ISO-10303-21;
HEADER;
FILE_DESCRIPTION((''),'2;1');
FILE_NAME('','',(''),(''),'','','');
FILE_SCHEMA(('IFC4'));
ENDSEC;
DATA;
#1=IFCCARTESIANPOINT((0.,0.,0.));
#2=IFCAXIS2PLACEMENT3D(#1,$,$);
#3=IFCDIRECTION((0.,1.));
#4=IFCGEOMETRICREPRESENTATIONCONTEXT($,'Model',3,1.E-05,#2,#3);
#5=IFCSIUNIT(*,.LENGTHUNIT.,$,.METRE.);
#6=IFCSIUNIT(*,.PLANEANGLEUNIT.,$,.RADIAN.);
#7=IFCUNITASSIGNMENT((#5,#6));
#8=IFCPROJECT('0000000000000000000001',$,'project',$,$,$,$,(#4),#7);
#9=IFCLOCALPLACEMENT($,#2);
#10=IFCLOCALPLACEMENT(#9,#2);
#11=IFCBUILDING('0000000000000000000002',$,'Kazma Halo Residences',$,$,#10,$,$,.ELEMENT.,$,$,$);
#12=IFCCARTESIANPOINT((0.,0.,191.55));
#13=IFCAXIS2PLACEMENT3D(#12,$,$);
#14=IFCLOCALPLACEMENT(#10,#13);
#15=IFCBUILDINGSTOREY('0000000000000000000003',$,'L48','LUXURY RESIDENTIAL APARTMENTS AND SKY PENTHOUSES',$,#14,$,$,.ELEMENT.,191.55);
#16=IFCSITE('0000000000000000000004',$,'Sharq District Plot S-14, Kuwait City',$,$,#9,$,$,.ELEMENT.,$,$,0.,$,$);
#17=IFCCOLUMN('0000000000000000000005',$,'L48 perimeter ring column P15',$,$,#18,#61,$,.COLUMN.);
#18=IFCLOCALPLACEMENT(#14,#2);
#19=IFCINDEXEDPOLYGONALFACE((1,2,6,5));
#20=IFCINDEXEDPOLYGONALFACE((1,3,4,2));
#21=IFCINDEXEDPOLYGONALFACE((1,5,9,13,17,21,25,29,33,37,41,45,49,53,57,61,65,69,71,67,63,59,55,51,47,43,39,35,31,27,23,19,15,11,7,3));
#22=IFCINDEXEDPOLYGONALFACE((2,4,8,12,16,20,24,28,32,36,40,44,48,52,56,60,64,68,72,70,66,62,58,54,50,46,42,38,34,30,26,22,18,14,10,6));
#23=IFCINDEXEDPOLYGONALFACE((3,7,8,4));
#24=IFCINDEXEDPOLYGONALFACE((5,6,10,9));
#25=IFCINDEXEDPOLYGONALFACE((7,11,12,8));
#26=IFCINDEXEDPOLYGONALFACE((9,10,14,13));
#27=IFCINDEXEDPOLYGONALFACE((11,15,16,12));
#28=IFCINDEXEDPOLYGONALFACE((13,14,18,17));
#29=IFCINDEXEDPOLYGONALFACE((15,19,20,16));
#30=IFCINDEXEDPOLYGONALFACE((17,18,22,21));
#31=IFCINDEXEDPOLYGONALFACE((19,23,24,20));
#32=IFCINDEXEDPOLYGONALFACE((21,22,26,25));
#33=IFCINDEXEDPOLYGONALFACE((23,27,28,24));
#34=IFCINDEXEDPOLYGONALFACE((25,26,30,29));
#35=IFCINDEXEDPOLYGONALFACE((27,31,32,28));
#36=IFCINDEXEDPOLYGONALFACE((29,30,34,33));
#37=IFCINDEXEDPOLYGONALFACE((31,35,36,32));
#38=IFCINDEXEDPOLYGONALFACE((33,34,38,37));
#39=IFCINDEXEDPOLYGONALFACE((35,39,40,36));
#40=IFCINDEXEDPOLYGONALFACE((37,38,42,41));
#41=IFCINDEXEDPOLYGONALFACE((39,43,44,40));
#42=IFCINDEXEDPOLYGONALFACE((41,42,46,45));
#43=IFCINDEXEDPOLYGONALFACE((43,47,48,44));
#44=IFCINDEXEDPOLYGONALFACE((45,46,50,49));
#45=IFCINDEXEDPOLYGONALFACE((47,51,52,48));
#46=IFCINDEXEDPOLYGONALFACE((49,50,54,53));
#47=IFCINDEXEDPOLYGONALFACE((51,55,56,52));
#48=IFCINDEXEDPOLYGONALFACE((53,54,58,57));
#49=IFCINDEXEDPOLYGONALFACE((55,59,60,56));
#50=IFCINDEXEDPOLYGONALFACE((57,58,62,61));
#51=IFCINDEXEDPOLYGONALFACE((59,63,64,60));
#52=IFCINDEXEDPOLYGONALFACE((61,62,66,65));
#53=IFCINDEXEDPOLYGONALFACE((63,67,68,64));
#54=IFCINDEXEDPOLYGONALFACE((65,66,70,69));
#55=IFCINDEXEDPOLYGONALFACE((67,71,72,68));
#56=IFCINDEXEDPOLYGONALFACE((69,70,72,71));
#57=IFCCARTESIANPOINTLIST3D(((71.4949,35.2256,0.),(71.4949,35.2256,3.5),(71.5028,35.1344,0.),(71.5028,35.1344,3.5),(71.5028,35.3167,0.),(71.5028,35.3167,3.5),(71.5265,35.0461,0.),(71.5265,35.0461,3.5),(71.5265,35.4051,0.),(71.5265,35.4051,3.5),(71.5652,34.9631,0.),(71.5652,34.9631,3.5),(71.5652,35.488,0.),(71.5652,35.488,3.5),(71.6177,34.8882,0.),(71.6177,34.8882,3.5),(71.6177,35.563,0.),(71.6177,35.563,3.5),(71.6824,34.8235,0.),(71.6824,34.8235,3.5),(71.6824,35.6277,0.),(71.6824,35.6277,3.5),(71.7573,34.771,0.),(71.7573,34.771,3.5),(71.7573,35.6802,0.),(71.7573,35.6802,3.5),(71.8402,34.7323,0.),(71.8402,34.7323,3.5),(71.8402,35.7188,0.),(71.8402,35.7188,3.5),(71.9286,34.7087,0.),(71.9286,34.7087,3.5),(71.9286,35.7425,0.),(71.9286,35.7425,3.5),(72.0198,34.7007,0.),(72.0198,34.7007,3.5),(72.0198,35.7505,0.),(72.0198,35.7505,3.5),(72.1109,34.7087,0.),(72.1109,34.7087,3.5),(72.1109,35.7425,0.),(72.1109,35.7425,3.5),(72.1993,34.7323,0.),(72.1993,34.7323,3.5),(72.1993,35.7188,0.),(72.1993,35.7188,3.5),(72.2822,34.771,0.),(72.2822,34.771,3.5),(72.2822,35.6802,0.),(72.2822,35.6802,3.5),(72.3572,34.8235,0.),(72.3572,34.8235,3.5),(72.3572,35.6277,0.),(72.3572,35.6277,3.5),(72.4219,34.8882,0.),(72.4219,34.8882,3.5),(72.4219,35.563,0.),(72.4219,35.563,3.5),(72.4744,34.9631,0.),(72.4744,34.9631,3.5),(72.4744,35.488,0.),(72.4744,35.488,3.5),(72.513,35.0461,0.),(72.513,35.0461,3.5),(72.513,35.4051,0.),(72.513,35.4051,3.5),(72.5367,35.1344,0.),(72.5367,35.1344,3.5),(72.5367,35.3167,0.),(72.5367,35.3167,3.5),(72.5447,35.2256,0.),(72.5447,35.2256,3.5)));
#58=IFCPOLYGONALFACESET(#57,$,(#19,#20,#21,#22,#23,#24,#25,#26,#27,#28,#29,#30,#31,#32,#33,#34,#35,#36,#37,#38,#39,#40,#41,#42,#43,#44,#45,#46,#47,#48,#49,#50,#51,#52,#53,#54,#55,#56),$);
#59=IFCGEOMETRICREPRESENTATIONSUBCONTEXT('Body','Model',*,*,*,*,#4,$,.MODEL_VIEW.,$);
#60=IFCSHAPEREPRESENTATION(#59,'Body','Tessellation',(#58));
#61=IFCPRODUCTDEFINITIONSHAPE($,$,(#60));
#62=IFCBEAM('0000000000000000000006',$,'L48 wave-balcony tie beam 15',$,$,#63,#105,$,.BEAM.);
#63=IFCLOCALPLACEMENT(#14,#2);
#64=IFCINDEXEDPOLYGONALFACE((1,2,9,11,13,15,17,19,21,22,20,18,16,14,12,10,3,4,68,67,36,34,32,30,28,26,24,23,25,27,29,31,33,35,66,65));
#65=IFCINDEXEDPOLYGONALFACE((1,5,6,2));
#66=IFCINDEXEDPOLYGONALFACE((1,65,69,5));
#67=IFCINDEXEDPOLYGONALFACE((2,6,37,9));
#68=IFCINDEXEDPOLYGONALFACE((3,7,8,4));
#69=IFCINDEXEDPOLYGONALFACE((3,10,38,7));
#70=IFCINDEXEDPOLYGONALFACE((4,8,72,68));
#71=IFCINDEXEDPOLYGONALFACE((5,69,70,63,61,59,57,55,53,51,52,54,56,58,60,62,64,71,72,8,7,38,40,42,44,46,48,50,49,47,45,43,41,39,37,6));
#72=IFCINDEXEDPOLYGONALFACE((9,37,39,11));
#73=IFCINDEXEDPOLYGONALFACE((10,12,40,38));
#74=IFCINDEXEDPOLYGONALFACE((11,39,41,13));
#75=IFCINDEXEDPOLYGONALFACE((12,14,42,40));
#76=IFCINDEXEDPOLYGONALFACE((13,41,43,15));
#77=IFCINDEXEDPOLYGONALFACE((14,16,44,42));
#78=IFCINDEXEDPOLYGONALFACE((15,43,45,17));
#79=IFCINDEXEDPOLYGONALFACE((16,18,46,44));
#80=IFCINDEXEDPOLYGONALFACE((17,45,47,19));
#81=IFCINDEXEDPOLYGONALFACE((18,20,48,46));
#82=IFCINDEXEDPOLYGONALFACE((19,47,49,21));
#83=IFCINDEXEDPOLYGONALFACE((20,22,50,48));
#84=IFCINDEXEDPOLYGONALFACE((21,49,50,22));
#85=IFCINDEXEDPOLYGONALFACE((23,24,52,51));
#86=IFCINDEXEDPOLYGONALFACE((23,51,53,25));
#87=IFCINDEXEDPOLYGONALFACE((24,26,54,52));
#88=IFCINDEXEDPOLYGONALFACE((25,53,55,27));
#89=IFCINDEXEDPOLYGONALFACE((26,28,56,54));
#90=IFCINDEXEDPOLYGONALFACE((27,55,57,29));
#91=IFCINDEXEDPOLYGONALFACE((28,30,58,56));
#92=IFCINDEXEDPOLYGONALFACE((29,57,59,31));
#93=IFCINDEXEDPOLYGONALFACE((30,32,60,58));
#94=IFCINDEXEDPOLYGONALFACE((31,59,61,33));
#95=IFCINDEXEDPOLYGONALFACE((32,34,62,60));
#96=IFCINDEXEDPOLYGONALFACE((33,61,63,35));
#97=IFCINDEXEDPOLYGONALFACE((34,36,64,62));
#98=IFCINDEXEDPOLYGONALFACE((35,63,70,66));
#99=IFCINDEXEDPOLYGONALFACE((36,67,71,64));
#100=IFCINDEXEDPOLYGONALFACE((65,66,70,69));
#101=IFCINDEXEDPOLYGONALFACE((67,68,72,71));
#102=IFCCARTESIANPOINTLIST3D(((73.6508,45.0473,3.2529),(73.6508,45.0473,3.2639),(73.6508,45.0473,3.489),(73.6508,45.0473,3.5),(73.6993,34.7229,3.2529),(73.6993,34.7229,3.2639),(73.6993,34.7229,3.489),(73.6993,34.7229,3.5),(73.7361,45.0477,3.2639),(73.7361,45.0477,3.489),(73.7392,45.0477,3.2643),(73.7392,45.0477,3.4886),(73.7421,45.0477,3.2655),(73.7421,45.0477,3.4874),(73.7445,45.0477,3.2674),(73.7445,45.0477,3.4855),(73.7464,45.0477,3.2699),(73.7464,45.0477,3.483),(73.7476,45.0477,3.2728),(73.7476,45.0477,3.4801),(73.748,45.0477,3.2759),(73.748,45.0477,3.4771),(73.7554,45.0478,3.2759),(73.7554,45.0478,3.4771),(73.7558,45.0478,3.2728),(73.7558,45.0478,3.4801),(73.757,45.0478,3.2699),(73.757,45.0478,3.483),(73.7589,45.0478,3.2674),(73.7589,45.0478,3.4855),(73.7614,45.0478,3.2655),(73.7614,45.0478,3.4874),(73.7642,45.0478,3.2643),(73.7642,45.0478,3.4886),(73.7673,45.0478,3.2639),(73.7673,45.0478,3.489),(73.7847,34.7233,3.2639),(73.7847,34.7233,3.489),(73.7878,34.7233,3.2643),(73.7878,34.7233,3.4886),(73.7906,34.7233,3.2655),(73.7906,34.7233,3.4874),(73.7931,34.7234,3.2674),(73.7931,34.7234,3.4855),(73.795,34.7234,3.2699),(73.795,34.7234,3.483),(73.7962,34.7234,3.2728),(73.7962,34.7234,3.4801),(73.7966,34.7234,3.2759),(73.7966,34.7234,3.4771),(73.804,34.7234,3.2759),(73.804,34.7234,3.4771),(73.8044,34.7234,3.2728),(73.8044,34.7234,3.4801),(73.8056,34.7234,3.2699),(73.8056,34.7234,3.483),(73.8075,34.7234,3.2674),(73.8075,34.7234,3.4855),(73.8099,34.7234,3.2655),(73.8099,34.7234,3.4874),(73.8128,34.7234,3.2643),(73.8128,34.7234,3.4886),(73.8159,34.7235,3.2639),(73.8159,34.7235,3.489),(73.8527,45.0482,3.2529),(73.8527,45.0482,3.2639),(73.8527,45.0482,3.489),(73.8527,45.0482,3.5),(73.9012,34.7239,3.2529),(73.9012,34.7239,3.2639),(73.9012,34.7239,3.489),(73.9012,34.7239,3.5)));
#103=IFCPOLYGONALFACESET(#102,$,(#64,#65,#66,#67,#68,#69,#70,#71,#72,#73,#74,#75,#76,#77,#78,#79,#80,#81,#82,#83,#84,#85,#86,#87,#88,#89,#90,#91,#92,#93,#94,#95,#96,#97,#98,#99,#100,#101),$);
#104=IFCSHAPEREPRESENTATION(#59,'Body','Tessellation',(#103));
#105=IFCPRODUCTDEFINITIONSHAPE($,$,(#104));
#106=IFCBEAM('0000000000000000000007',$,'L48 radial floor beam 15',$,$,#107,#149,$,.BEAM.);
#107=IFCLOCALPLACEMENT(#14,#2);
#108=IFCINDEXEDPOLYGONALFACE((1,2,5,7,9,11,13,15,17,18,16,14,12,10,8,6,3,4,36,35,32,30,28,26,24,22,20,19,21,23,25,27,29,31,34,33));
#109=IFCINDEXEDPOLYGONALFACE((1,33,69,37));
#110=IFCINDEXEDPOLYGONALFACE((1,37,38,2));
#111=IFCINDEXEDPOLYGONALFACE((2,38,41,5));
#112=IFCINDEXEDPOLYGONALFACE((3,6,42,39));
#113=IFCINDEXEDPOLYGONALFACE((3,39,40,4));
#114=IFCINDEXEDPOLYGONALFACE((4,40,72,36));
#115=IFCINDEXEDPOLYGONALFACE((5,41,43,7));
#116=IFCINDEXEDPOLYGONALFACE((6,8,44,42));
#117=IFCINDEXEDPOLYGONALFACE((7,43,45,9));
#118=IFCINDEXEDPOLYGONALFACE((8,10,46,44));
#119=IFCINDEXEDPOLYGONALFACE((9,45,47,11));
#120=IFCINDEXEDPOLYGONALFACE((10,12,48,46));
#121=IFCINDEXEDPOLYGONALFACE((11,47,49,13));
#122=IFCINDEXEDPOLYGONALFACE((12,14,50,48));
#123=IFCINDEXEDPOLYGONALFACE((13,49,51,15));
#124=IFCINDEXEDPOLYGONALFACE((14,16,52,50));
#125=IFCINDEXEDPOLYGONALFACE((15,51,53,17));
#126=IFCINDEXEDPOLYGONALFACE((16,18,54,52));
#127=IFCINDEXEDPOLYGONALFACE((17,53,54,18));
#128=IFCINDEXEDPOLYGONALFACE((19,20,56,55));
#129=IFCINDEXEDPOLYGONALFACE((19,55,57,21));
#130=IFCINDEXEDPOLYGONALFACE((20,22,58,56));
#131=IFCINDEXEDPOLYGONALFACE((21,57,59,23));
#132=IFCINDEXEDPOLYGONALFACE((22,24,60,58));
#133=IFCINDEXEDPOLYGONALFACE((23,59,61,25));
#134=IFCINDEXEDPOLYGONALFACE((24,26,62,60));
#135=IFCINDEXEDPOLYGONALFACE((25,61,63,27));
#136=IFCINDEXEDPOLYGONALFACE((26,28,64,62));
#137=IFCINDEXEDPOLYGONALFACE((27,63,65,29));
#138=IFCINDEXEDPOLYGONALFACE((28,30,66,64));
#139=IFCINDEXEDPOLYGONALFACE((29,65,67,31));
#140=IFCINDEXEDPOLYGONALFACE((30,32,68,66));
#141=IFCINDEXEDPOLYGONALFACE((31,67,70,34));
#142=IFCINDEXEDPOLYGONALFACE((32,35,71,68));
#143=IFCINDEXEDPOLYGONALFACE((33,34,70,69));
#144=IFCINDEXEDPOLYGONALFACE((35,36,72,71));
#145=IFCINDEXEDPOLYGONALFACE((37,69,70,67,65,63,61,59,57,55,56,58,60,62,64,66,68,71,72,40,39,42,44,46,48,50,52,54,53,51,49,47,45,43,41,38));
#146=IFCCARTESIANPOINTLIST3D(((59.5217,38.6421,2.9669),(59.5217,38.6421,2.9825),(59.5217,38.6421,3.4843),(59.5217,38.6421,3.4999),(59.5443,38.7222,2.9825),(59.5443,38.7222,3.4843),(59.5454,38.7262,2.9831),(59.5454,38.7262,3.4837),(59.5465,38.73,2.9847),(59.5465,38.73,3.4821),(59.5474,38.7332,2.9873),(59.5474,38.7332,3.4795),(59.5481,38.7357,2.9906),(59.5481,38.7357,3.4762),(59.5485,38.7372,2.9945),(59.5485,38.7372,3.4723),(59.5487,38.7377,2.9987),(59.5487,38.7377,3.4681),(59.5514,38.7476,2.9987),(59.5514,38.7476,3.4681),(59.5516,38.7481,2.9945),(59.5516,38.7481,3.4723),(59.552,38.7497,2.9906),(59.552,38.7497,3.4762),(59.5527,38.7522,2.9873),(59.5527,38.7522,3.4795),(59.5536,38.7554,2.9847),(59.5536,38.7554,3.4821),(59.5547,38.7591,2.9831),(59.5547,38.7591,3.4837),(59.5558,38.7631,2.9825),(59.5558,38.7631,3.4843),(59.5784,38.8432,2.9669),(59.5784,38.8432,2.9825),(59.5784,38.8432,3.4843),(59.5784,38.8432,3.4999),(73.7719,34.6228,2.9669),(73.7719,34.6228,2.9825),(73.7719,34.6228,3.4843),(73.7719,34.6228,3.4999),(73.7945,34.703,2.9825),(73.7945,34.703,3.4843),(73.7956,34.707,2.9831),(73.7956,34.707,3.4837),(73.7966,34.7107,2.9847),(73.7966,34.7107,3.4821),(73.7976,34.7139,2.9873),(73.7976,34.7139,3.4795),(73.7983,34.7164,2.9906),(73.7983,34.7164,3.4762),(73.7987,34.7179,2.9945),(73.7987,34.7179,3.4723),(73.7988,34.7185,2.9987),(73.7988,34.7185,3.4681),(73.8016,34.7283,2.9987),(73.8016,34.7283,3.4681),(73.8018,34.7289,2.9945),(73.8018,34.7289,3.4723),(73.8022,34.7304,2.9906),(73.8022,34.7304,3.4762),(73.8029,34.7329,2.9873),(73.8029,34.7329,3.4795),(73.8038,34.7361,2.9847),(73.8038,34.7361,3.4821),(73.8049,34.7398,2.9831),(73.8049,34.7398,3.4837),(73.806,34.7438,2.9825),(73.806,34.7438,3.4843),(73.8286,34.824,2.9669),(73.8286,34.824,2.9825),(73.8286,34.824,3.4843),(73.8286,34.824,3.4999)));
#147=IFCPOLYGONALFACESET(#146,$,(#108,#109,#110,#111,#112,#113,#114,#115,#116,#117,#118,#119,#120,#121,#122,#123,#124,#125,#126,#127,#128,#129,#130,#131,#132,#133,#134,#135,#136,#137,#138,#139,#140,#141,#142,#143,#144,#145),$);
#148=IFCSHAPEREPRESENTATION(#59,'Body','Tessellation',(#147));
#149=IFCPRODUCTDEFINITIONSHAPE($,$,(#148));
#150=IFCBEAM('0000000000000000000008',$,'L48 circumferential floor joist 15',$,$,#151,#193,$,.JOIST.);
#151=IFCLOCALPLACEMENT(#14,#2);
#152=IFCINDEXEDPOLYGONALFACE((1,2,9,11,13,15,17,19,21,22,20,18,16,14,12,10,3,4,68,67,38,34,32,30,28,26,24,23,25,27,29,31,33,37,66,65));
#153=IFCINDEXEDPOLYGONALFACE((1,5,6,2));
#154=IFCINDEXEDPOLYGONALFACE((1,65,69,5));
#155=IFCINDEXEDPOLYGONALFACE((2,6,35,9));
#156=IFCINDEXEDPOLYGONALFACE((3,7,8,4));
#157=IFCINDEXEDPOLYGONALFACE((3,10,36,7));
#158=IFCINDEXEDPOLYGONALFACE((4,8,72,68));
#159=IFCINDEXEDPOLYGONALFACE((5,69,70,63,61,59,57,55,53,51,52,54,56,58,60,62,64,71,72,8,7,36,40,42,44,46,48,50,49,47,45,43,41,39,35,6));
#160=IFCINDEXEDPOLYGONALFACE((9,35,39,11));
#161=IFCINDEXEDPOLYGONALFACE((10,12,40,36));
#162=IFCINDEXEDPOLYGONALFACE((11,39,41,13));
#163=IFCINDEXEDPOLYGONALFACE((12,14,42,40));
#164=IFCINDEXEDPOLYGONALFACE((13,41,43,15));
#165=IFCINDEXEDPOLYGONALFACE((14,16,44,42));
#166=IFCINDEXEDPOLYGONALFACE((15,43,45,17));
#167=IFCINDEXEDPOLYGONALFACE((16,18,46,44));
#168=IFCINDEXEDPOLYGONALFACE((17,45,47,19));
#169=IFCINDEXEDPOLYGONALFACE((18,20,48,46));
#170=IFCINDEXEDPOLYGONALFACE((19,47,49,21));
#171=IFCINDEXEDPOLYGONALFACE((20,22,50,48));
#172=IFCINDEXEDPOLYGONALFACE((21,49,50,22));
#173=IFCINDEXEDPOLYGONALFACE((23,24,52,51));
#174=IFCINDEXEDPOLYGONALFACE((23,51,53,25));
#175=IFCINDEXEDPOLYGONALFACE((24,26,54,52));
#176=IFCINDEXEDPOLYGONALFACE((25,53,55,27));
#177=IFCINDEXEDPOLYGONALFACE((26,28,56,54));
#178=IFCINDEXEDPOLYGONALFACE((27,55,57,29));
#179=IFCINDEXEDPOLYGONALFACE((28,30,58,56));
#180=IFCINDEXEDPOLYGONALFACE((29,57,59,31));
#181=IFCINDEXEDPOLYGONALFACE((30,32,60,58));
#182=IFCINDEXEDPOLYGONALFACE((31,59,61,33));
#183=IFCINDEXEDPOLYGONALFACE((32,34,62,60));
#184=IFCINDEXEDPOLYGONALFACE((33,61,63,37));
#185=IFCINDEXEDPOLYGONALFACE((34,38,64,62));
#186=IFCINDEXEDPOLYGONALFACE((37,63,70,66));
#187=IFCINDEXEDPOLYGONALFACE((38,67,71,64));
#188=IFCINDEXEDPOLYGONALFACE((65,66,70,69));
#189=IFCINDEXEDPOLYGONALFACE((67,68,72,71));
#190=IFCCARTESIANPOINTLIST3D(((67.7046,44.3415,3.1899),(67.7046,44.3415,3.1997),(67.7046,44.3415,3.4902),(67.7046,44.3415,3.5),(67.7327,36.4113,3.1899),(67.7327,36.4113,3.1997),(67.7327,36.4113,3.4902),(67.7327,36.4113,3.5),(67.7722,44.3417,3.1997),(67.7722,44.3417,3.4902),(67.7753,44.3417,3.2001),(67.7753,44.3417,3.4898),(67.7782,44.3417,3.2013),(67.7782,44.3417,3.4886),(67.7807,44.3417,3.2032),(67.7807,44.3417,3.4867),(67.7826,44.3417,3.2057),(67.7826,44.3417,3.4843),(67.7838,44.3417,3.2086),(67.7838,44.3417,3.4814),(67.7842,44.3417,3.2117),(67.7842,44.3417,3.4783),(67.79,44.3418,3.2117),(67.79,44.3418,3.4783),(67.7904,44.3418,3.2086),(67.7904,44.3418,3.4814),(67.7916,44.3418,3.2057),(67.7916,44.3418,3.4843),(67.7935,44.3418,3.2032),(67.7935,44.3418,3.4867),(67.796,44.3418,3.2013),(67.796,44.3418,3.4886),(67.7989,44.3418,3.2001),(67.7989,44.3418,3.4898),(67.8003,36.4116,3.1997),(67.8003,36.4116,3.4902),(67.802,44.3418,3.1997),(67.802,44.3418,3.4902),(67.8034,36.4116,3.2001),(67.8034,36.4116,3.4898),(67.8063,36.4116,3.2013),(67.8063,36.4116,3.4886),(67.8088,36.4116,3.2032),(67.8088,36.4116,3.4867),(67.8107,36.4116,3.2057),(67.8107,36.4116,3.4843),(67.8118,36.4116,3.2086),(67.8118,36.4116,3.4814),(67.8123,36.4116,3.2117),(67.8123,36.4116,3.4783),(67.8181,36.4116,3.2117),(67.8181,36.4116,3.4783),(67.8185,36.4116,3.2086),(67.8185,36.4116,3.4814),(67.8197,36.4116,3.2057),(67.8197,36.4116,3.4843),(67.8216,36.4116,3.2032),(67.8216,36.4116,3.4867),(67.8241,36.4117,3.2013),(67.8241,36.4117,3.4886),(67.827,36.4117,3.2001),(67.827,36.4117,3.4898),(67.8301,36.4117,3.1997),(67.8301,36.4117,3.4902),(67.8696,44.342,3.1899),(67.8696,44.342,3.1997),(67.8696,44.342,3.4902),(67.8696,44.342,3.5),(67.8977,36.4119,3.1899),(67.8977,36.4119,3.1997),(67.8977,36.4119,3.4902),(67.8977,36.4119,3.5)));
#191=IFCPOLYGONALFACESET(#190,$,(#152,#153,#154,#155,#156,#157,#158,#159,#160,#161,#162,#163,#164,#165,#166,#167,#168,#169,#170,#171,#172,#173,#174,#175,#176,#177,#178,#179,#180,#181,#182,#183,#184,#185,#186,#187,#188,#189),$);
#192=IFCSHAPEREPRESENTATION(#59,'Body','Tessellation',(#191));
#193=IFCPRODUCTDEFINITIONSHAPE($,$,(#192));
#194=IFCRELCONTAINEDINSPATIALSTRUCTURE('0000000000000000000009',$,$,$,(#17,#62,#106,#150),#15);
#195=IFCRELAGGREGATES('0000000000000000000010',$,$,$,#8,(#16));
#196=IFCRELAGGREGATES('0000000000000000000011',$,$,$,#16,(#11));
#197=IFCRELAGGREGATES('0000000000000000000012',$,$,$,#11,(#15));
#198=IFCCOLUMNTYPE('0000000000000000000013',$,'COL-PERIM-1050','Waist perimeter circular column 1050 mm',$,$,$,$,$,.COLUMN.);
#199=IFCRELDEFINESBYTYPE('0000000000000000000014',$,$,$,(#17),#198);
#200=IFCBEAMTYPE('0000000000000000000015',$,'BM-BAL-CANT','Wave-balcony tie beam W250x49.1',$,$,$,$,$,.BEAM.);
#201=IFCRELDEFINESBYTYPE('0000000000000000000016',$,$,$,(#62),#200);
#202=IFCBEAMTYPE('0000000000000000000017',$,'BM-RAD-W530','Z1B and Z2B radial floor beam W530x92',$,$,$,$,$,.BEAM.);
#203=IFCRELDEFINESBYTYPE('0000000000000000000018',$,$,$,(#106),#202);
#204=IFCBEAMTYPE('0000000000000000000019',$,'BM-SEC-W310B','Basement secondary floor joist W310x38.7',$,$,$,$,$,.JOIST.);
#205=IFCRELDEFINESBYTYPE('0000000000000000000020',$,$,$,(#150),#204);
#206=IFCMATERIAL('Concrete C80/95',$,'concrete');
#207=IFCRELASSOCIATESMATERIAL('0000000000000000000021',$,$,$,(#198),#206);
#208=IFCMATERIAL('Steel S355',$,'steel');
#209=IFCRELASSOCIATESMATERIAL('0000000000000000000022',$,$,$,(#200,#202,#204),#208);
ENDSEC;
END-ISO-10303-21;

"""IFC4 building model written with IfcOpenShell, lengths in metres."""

from ifc_helpers import new_model, si_unit, direction, frame, origin, origin_2d, place, context, subcontext, project, spatial, circle, i_section, extrude, material, material_profile, profile_set, type_object, element, save


model = new_model("IFC4")

# Units and contexts
model_context = context("Model", 3, precision=1e-05, world=origin(), true_north=direction((0.0, 1.0)))
body_context = subcontext(model_context, "Body", "Model", "MODEL_VIEW")
ifc_project = project(units=[si_unit("LENGTHUNIT", "METRE"), si_unit("PLANEANGLEUNIT", "RADIAN")], contexts=[model_context])

# Site, building, storey
site_placement = place(None, origin())
site = spatial("IfcSite", under=ifc_project, at=site_placement, Name="Sharq District Plot S-14, Kuwait City", CompositionType="ELEMENT", RefElevation=0.0)
building_placement = place(site_placement, origin())
building = spatial("IfcBuilding", under=site, at=building_placement, Name="Kazma Halo Residences", CompositionType="ELEMENT")
storey_placement = place(building_placement, frame((0.0, 0.0, 191.55)))
storey = spatial("IfcBuildingStorey", under=building, at=storey_placement, Name="L48", Description="LUXURY RESIDENTIAL APARTMENTS AND SKY PENTHOUSES", CompositionType="ELEMENT", Elevation=191.55)

# Column
ifc_material_1 = material(Name="Concrete C80/95", Category="concrete")
ifc_material_profile_1 = material_profile(ifc_material_1, circle(Radius=0.5249, at=origin_2d()), Name="CIRC1050")
ifc_profile_set_1 = profile_set([ifc_material_profile_1], Name="Concrete C80/95")
column_type = type_object("IfcColumnType", Name="COL-PERIM-1050", Description="Waist perimeter circular column 1050 mm", PredefinedType="COLUMN", material=ifc_profile_set_1)
column_placement = place(storey_placement, frame((72.0198, 35.2256, 0.0), z_axis=(0.0, 0.0, 1.0), x_axis=(1.0, 0.0, 0.0)))
element("IfcColumn", 1, at=column_placement, inside=storey, type_object=column_type, Name="L48 perimeter ring column P15", PredefinedType="COLUMN", context=body_context, shape_type="SweptSolid", body=[
    extrude(circle(Radius=0.5249, at=origin_2d()), origin(), (0.0, 0.0, 1.0), 3.5),
])

# Beams
ifc_material_2 = material(Name="Steel S355", Category="steel")
ifc_material_profile_2 = material_profile(ifc_material_2, i_section(OverallWidth=0.2019, OverallDepth=0.2471, WebThickness=0.0073, FlangeThickness=0.011, FilletRadius=0.012, at=origin_2d()), Name="W250x49.1")
ifc_profile_set_2 = profile_set([ifc_material_profile_2], Name="Steel S355")
beam_type_1 = type_object("IfcBeamType", Name="BM-BAL-CANT", Description="Wave-balcony tie beam W250x49.1", PredefinedType="BEAM", material=ifc_profile_set_2)
beam_1_placement = place(storey_placement, frame((73.8003, 34.7234, 3.3765), z_axis=(-0.004706, 0.999989, 0.0), x_axis=(-0.999989, -0.004706, 0.0)))
element("IfcBeam", 2, at=beam_1_placement, inside=storey, type_object=beam_type_1, Name="L48 wave-balcony tie beam 15", PredefinedType="BEAM", context=body_context, shape_type="SweptSolid", body=[
    extrude(i_section(OverallWidth=0.2019, OverallDepth=0.2471, WebThickness=0.0073, FlangeThickness=0.011, FilletRadius=0.012, at=origin_2d()), origin(), (0.0, 0.0, 1.0), 10.3245),
])
ifc_material_profile_3 = material_profile(ifc_material_2, i_section(OverallWidth=0.209, OverallDepth=0.533, WebThickness=0.0103, FlangeThickness=0.0156, FilletRadius=0.0161, at=origin_2d()), Name="W530x92")
ifc_profile_set_3 = profile_set([ifc_material_profile_3], Name="Steel S355")
beam_type_2 = type_object("IfcBeamType", Name="BM-RAD-W530", Description="Z1B and Z2B radial floor beam W530x92", PredefinedType="BEAM", material=ifc_profile_set_3)
beam_2_placement = place(storey_placement, frame((59.55, 38.7427, 3.2334), z_axis=(0.96245, -0.271459, 0.0), x_axis=(0.271459, 0.96245, 0.0)))
element("IfcBeam", 3, at=beam_2_placement, inside=storey, type_object=beam_type_2, Name="L48 radial floor beam 15", PredefinedType="BEAM", context=body_context, shape_type="SweptSolid", body=[
    extrude(i_section(OverallWidth=0.209, OverallDepth=0.533, WebThickness=0.0103, FlangeThickness=0.0156, FilletRadius=0.0161, at=origin_2d()), origin(), (0.0, 0.0, 1.0), 14.8062),
])
ifc_material_profile_4 = material_profile(ifc_material_2, i_section(OverallWidth=0.165, OverallDepth=0.3101, WebThickness=0.0059, FlangeThickness=0.0098, FilletRadius=0.012, at=origin_2d()), Name="W310x38.7")
ifc_profile_set_4 = profile_set([ifc_material_profile_4], Name="Steel S355")
beam_type_3 = type_object("IfcBeamType", Name="BM-SEC-W310B", Description="Basement secondary floor joist W310x38.7", PredefinedType="JOIST", material=ifc_profile_set_4)
beam_3_placement = place(storey_placement, frame((67.8152, 36.4116, 3.345), z_axis=(-0.00354, 0.999994, 0.0), x_axis=(-0.999994, -0.00354, 0.0)))
element("IfcBeam", 4, at=beam_3_placement, inside=storey, type_object=beam_type_3, Name="L48 circumferential floor joist 15", PredefinedType="JOIST", context=body_context, shape_type="SweptSolid", body=[
    extrude(i_section(OverallWidth=0.165, OverallDepth=0.3101, WebThickness=0.0059, FlangeThickness=0.0098, FilletRadius=0.012, at=origin_2d()), origin(), (0.0, 0.0, 1.0), 7.9302),
])

save(model, "model.ifc")
